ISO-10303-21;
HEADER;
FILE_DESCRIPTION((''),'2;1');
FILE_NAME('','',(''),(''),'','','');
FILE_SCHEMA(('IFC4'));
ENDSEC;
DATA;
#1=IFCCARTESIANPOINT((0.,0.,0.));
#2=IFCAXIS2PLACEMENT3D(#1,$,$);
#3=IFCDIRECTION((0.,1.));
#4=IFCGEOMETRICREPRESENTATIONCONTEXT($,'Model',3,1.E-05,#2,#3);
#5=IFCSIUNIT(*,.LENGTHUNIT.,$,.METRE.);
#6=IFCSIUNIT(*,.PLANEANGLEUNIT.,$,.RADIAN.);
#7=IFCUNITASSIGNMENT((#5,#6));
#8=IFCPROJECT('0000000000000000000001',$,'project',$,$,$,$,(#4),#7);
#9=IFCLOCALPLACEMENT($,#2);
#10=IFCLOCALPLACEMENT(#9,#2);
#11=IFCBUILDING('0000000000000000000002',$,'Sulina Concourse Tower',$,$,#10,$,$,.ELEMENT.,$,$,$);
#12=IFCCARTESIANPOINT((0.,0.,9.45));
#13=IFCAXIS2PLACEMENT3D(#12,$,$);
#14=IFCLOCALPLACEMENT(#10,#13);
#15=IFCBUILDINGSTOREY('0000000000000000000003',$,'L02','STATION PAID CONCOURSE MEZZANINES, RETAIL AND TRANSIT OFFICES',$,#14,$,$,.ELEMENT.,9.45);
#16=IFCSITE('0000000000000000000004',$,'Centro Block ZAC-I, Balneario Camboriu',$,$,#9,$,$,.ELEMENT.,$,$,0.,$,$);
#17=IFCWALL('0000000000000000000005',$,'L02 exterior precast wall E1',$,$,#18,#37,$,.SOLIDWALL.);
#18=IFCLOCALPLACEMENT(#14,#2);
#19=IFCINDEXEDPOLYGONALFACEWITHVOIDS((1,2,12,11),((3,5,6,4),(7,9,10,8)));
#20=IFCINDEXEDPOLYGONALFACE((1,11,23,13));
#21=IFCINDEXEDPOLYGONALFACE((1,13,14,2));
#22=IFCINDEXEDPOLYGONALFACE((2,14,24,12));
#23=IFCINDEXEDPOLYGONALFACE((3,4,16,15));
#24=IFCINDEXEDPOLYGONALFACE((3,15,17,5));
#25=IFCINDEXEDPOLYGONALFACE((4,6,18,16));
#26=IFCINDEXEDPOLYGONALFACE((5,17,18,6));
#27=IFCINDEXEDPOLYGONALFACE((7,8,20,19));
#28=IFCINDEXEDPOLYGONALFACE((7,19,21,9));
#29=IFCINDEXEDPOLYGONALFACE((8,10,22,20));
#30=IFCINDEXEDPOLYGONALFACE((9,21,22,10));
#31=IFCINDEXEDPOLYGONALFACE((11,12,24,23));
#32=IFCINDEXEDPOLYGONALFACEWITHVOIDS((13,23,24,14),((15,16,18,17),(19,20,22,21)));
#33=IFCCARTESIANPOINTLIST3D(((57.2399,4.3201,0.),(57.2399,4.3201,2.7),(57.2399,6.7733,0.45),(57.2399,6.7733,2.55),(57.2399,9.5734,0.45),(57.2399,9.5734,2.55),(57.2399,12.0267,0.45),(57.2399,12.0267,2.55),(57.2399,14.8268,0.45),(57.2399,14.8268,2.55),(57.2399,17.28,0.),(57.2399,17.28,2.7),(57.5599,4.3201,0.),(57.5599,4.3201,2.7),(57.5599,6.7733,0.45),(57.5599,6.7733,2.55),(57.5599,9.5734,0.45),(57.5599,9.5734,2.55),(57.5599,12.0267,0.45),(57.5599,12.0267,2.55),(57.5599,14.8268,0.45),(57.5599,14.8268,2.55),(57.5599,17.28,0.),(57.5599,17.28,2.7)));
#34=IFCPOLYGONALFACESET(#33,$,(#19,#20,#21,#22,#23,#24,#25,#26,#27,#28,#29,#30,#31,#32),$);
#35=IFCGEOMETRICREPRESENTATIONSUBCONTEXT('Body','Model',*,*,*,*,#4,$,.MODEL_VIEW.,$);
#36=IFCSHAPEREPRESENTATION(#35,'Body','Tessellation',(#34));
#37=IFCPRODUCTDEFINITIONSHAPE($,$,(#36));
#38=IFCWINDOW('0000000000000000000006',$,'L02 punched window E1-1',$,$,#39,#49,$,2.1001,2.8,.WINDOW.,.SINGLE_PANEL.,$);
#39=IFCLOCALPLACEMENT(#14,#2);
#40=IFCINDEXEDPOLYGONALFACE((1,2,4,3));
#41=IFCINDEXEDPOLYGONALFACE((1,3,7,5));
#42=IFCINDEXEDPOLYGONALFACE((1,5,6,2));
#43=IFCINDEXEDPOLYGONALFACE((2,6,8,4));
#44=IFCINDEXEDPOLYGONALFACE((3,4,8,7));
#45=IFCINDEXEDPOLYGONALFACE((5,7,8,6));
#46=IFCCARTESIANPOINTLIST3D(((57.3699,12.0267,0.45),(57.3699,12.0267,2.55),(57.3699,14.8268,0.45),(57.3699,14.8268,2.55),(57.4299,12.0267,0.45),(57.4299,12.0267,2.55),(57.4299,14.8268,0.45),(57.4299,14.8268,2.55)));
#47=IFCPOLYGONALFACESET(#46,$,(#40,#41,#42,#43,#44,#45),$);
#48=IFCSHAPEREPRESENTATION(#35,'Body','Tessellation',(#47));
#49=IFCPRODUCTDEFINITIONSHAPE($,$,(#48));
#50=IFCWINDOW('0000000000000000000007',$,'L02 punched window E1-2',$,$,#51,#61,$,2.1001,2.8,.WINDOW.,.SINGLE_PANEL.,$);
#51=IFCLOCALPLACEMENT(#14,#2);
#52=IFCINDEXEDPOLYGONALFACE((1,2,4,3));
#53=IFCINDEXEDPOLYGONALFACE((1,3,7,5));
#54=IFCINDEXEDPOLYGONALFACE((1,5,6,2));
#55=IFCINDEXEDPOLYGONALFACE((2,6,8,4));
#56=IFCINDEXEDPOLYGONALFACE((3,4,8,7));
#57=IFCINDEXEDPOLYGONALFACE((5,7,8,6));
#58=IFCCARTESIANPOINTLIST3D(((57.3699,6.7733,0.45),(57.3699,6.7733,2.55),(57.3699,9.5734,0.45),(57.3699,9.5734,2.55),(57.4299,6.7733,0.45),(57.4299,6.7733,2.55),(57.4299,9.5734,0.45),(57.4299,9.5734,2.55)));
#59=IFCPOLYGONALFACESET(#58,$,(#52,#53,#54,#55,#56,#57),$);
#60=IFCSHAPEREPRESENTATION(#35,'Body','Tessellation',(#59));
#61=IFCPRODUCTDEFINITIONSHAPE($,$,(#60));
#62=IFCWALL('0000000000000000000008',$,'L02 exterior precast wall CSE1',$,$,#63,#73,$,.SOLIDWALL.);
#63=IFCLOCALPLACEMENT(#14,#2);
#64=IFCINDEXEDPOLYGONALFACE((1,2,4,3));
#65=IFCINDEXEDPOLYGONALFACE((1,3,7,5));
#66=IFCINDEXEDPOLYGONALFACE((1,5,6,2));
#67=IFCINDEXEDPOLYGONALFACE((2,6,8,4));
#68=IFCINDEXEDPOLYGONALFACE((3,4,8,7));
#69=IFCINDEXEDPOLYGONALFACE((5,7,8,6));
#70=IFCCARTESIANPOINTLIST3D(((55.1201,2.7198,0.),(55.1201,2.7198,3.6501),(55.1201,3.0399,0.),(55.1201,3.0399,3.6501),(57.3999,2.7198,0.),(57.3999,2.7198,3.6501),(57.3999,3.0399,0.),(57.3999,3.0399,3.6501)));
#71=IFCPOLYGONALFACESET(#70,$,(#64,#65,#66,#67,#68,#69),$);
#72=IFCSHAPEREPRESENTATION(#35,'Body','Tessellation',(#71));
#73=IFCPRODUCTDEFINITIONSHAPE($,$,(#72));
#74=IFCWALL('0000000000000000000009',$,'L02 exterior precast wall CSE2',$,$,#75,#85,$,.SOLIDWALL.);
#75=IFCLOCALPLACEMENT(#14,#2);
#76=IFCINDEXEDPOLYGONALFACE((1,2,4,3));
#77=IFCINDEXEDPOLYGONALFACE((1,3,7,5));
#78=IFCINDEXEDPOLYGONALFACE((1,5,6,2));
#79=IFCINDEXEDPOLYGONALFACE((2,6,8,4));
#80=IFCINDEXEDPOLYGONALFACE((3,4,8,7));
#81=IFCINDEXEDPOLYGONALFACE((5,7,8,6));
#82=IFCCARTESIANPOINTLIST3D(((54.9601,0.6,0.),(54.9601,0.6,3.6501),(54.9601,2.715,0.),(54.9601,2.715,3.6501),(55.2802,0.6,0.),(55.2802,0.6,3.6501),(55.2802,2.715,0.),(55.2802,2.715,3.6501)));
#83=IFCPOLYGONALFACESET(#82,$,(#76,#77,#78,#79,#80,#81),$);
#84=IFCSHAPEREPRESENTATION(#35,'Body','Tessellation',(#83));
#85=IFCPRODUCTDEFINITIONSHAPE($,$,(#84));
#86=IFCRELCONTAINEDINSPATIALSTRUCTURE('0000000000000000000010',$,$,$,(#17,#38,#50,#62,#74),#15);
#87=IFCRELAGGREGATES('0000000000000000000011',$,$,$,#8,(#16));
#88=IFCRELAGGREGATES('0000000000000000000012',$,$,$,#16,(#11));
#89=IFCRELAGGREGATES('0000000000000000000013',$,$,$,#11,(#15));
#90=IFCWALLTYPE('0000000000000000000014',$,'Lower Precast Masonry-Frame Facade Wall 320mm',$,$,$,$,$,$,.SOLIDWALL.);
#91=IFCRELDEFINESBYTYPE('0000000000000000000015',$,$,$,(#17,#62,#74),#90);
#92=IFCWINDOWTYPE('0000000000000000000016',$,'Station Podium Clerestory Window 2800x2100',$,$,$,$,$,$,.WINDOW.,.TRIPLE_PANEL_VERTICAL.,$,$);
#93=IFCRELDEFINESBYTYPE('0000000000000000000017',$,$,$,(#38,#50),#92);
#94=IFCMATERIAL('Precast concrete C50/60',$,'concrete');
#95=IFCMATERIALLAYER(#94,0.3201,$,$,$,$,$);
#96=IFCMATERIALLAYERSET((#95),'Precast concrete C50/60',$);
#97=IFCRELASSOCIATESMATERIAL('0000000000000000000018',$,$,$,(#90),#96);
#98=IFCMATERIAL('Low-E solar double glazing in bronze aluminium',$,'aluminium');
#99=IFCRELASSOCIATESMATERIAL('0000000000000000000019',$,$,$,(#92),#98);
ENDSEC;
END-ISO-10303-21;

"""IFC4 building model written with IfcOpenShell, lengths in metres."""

from ifc_helpers import new_model, si_unit, direction, frame, frame_2d, origin, place, context, subcontext, project, spatial, rectangle, extrude, material, layer, layer_set, type_object, element, fill, save


model = new_model("IFC4")

# Units and contexts
model_context = context("Model", 3, precision=1e-05, world=origin(), true_north=direction((0.0, 1.0)))
body_context = subcontext(model_context, "Body", "Model", "MODEL_VIEW")
ifc_project = project(units=[si_unit("LENGTHUNIT", "METRE"), si_unit("PLANEANGLEUNIT", "RADIAN")], contexts=[model_context])

# Site, building, storey
site_placement = place(None, origin())
site = spatial("IfcSite", under=ifc_project, at=site_placement, Name="Centro Block ZAC-I, Balneario Camboriu", CompositionType="ELEMENT", RefElevation=0.0)
building_placement = place(site_placement, origin())
building = spatial("IfcBuilding", under=site, at=building_placement, Name="Sulina Concourse Tower", CompositionType="ELEMENT")
storey_placement = place(building_placement, frame((0.0, 0.0, 9.45)))
storey = spatial("IfcBuildingStorey", under=building, at=storey_placement, Name="L02", Description="STATION PAID CONCOURSE MEZZANINES, RETAIL AND TRANSIT OFFICES", CompositionType="ELEMENT", Elevation=9.45)

# Shared definitions
ifc_material_1 = material(Name="Precast concrete C50/60", Category="concrete")
ifc_layer_1 = layer(ifc_material_1, 0.3201)
ifc_layer_set_1 = layer_set([ifc_layer_1], Name="Precast concrete C50/60")
wall_type_1 = type_object("IfcWallType", Name="Lower Precast Masonry-Frame Facade Wall 320mm", PredefinedType="SOLIDWALL", material=ifc_layer_set_1)

# Wall, openings, windows
wall_1_placement = place(storey_placement, frame((57.3999, 17.28, 0.0), z_axis=(0.0, 0.0, 1.0), x_axis=(0.0, -1.0, 0.0)))
wall_1 = element("IfcWall", 1, at=wall_1_placement, inside=storey, type_object=wall_type_1, Name="L02 exterior precast wall E1", PredefinedType="SOLIDWALL", context=body_context, shape_type="SweptSolid", body=[
    extrude(rectangle(XDim=12.96, YDim=0.3201, at=frame_2d((6.48, 0.0))), origin(), (0.0, 0.0, 1.0), 2.7),
])
opening_1_placement = place(wall_1_placement, frame((2.4534, 0.0, 0.45)))
opening_1 = element("IfcOpeningElement", 2, at=opening_1_placement, cuts=wall_1, PredefinedType="OPENING", context=body_context, shape_type="SweptSolid", body=[
    extrude(rectangle(XDim=2.8, YDim=2.1001, at=frame_2d((1.3999, 1.05))), frame((0.0, 0.1699, 0.0), z_axis=(0.0, -1.0, 0.0), x_axis=(1.0, 0.0, 0.0)), (0.0, 0.0, 1.0), 0.3401),
])
opening_2_placement = place(wall_1_placement, frame((7.7068, 0.0, 0.45)))
opening_2 = element("IfcOpeningElement", 3, at=opening_2_placement, cuts=wall_1, PredefinedType="OPENING", context=body_context, shape_type="SweptSolid", body=[
    extrude(rectangle(XDim=2.8, YDim=2.1001, at=frame_2d((1.3999, 1.05))), frame((0.0, 0.1699, 0.0), z_axis=(0.0, -1.0, 0.0), x_axis=(1.0, 0.0, 0.0)), (0.0, 0.0, 1.0), 0.3401),
])
ifc_material_2 = material(Name="Low-E solar double glazing in bronze aluminium", Category="aluminium")
window_type = type_object("IfcWindowType", Name="Station Podium Clerestory Window 2800x2100", PartitioningType="TRIPLE_PANEL_VERTICAL", PredefinedType="WINDOW", material=ifc_material_2)
window_1_placement = place(opening_1_placement, origin())
window_1 = element("IfcWindow", 4, at=window_1_placement, inside=storey, type_object=window_type, Name="L02 punched window E1-1", OverallHeight=2.1001, OverallWidth=2.8, PartitioningType="SINGLE_PANEL", PredefinedType="WINDOW", context=body_context, shape_type="SweptSolid", body=[
    extrude(rectangle(XDim=2.8, YDim=2.1001, at=frame_2d((1.3999, 1.05))), frame((0.0, 0.03, 0.0), z_axis=(0.0, -1.0, 0.0), x_axis=(1.0, 0.0, 0.0)), (0.0, 0.0, 1.0), 0.0601),
])
fill(opening_1, window_1)
window_2_placement = place(opening_2_placement, origin())
window_2 = element("IfcWindow", 5, at=window_2_placement, inside=storey, type_object=window_type, Name="L02 punched window E1-2", OverallHeight=2.1001, OverallWidth=2.8, PartitioningType="SINGLE_PANEL", PredefinedType="WINDOW", context=body_context, shape_type="SweptSolid", body=[
    extrude(rectangle(XDim=2.8, YDim=2.1001, at=frame_2d((1.3999, 1.05))), frame((0.0, 0.03, 0.0), z_axis=(0.0, -1.0, 0.0), x_axis=(1.0, 0.0, 0.0)), (0.0, 0.0, 1.0), 0.0601),
])
fill(opening_2, window_2)

# Walls
wall_2_placement = place(storey_placement, frame((57.3999, 2.8799, 0.0), z_axis=(0.0, 0.0, 1.0), x_axis=(-1.0, 0.0, 0.0)))
element("IfcWall", 6, at=wall_2_placement, inside=storey, type_object=wall_type_1, Name="L02 exterior precast wall CSE1", PredefinedType="SOLIDWALL", context=body_context, shape_type="SweptSolid", body=[
    extrude(rectangle(XDim=2.2798, YDim=0.3201, at=frame_2d((1.1399, 0.0))), origin(), (0.0, 0.0, 1.0), 3.6501),
])
wall_3_placement = place(storey_placement, frame((55.1201, 2.7151, 0.0), z_axis=(0.0, 0.0, 1.0), x_axis=(0.0, -1.0, 0.0)))
element("IfcWall", 7, at=wall_3_placement, inside=storey, type_object=wall_type_1, Name="L02 exterior precast wall CSE2", PredefinedType="SOLIDWALL", context=body_context, shape_type="SweptSolid", body=[
    extrude(rectangle(XDim=2.115, YDim=0.3201, at=frame_2d((1.0576, 0.0))), origin(), (0.0, 0.0, 1.0), 3.6501),
])

save(model, "model.ifc")
